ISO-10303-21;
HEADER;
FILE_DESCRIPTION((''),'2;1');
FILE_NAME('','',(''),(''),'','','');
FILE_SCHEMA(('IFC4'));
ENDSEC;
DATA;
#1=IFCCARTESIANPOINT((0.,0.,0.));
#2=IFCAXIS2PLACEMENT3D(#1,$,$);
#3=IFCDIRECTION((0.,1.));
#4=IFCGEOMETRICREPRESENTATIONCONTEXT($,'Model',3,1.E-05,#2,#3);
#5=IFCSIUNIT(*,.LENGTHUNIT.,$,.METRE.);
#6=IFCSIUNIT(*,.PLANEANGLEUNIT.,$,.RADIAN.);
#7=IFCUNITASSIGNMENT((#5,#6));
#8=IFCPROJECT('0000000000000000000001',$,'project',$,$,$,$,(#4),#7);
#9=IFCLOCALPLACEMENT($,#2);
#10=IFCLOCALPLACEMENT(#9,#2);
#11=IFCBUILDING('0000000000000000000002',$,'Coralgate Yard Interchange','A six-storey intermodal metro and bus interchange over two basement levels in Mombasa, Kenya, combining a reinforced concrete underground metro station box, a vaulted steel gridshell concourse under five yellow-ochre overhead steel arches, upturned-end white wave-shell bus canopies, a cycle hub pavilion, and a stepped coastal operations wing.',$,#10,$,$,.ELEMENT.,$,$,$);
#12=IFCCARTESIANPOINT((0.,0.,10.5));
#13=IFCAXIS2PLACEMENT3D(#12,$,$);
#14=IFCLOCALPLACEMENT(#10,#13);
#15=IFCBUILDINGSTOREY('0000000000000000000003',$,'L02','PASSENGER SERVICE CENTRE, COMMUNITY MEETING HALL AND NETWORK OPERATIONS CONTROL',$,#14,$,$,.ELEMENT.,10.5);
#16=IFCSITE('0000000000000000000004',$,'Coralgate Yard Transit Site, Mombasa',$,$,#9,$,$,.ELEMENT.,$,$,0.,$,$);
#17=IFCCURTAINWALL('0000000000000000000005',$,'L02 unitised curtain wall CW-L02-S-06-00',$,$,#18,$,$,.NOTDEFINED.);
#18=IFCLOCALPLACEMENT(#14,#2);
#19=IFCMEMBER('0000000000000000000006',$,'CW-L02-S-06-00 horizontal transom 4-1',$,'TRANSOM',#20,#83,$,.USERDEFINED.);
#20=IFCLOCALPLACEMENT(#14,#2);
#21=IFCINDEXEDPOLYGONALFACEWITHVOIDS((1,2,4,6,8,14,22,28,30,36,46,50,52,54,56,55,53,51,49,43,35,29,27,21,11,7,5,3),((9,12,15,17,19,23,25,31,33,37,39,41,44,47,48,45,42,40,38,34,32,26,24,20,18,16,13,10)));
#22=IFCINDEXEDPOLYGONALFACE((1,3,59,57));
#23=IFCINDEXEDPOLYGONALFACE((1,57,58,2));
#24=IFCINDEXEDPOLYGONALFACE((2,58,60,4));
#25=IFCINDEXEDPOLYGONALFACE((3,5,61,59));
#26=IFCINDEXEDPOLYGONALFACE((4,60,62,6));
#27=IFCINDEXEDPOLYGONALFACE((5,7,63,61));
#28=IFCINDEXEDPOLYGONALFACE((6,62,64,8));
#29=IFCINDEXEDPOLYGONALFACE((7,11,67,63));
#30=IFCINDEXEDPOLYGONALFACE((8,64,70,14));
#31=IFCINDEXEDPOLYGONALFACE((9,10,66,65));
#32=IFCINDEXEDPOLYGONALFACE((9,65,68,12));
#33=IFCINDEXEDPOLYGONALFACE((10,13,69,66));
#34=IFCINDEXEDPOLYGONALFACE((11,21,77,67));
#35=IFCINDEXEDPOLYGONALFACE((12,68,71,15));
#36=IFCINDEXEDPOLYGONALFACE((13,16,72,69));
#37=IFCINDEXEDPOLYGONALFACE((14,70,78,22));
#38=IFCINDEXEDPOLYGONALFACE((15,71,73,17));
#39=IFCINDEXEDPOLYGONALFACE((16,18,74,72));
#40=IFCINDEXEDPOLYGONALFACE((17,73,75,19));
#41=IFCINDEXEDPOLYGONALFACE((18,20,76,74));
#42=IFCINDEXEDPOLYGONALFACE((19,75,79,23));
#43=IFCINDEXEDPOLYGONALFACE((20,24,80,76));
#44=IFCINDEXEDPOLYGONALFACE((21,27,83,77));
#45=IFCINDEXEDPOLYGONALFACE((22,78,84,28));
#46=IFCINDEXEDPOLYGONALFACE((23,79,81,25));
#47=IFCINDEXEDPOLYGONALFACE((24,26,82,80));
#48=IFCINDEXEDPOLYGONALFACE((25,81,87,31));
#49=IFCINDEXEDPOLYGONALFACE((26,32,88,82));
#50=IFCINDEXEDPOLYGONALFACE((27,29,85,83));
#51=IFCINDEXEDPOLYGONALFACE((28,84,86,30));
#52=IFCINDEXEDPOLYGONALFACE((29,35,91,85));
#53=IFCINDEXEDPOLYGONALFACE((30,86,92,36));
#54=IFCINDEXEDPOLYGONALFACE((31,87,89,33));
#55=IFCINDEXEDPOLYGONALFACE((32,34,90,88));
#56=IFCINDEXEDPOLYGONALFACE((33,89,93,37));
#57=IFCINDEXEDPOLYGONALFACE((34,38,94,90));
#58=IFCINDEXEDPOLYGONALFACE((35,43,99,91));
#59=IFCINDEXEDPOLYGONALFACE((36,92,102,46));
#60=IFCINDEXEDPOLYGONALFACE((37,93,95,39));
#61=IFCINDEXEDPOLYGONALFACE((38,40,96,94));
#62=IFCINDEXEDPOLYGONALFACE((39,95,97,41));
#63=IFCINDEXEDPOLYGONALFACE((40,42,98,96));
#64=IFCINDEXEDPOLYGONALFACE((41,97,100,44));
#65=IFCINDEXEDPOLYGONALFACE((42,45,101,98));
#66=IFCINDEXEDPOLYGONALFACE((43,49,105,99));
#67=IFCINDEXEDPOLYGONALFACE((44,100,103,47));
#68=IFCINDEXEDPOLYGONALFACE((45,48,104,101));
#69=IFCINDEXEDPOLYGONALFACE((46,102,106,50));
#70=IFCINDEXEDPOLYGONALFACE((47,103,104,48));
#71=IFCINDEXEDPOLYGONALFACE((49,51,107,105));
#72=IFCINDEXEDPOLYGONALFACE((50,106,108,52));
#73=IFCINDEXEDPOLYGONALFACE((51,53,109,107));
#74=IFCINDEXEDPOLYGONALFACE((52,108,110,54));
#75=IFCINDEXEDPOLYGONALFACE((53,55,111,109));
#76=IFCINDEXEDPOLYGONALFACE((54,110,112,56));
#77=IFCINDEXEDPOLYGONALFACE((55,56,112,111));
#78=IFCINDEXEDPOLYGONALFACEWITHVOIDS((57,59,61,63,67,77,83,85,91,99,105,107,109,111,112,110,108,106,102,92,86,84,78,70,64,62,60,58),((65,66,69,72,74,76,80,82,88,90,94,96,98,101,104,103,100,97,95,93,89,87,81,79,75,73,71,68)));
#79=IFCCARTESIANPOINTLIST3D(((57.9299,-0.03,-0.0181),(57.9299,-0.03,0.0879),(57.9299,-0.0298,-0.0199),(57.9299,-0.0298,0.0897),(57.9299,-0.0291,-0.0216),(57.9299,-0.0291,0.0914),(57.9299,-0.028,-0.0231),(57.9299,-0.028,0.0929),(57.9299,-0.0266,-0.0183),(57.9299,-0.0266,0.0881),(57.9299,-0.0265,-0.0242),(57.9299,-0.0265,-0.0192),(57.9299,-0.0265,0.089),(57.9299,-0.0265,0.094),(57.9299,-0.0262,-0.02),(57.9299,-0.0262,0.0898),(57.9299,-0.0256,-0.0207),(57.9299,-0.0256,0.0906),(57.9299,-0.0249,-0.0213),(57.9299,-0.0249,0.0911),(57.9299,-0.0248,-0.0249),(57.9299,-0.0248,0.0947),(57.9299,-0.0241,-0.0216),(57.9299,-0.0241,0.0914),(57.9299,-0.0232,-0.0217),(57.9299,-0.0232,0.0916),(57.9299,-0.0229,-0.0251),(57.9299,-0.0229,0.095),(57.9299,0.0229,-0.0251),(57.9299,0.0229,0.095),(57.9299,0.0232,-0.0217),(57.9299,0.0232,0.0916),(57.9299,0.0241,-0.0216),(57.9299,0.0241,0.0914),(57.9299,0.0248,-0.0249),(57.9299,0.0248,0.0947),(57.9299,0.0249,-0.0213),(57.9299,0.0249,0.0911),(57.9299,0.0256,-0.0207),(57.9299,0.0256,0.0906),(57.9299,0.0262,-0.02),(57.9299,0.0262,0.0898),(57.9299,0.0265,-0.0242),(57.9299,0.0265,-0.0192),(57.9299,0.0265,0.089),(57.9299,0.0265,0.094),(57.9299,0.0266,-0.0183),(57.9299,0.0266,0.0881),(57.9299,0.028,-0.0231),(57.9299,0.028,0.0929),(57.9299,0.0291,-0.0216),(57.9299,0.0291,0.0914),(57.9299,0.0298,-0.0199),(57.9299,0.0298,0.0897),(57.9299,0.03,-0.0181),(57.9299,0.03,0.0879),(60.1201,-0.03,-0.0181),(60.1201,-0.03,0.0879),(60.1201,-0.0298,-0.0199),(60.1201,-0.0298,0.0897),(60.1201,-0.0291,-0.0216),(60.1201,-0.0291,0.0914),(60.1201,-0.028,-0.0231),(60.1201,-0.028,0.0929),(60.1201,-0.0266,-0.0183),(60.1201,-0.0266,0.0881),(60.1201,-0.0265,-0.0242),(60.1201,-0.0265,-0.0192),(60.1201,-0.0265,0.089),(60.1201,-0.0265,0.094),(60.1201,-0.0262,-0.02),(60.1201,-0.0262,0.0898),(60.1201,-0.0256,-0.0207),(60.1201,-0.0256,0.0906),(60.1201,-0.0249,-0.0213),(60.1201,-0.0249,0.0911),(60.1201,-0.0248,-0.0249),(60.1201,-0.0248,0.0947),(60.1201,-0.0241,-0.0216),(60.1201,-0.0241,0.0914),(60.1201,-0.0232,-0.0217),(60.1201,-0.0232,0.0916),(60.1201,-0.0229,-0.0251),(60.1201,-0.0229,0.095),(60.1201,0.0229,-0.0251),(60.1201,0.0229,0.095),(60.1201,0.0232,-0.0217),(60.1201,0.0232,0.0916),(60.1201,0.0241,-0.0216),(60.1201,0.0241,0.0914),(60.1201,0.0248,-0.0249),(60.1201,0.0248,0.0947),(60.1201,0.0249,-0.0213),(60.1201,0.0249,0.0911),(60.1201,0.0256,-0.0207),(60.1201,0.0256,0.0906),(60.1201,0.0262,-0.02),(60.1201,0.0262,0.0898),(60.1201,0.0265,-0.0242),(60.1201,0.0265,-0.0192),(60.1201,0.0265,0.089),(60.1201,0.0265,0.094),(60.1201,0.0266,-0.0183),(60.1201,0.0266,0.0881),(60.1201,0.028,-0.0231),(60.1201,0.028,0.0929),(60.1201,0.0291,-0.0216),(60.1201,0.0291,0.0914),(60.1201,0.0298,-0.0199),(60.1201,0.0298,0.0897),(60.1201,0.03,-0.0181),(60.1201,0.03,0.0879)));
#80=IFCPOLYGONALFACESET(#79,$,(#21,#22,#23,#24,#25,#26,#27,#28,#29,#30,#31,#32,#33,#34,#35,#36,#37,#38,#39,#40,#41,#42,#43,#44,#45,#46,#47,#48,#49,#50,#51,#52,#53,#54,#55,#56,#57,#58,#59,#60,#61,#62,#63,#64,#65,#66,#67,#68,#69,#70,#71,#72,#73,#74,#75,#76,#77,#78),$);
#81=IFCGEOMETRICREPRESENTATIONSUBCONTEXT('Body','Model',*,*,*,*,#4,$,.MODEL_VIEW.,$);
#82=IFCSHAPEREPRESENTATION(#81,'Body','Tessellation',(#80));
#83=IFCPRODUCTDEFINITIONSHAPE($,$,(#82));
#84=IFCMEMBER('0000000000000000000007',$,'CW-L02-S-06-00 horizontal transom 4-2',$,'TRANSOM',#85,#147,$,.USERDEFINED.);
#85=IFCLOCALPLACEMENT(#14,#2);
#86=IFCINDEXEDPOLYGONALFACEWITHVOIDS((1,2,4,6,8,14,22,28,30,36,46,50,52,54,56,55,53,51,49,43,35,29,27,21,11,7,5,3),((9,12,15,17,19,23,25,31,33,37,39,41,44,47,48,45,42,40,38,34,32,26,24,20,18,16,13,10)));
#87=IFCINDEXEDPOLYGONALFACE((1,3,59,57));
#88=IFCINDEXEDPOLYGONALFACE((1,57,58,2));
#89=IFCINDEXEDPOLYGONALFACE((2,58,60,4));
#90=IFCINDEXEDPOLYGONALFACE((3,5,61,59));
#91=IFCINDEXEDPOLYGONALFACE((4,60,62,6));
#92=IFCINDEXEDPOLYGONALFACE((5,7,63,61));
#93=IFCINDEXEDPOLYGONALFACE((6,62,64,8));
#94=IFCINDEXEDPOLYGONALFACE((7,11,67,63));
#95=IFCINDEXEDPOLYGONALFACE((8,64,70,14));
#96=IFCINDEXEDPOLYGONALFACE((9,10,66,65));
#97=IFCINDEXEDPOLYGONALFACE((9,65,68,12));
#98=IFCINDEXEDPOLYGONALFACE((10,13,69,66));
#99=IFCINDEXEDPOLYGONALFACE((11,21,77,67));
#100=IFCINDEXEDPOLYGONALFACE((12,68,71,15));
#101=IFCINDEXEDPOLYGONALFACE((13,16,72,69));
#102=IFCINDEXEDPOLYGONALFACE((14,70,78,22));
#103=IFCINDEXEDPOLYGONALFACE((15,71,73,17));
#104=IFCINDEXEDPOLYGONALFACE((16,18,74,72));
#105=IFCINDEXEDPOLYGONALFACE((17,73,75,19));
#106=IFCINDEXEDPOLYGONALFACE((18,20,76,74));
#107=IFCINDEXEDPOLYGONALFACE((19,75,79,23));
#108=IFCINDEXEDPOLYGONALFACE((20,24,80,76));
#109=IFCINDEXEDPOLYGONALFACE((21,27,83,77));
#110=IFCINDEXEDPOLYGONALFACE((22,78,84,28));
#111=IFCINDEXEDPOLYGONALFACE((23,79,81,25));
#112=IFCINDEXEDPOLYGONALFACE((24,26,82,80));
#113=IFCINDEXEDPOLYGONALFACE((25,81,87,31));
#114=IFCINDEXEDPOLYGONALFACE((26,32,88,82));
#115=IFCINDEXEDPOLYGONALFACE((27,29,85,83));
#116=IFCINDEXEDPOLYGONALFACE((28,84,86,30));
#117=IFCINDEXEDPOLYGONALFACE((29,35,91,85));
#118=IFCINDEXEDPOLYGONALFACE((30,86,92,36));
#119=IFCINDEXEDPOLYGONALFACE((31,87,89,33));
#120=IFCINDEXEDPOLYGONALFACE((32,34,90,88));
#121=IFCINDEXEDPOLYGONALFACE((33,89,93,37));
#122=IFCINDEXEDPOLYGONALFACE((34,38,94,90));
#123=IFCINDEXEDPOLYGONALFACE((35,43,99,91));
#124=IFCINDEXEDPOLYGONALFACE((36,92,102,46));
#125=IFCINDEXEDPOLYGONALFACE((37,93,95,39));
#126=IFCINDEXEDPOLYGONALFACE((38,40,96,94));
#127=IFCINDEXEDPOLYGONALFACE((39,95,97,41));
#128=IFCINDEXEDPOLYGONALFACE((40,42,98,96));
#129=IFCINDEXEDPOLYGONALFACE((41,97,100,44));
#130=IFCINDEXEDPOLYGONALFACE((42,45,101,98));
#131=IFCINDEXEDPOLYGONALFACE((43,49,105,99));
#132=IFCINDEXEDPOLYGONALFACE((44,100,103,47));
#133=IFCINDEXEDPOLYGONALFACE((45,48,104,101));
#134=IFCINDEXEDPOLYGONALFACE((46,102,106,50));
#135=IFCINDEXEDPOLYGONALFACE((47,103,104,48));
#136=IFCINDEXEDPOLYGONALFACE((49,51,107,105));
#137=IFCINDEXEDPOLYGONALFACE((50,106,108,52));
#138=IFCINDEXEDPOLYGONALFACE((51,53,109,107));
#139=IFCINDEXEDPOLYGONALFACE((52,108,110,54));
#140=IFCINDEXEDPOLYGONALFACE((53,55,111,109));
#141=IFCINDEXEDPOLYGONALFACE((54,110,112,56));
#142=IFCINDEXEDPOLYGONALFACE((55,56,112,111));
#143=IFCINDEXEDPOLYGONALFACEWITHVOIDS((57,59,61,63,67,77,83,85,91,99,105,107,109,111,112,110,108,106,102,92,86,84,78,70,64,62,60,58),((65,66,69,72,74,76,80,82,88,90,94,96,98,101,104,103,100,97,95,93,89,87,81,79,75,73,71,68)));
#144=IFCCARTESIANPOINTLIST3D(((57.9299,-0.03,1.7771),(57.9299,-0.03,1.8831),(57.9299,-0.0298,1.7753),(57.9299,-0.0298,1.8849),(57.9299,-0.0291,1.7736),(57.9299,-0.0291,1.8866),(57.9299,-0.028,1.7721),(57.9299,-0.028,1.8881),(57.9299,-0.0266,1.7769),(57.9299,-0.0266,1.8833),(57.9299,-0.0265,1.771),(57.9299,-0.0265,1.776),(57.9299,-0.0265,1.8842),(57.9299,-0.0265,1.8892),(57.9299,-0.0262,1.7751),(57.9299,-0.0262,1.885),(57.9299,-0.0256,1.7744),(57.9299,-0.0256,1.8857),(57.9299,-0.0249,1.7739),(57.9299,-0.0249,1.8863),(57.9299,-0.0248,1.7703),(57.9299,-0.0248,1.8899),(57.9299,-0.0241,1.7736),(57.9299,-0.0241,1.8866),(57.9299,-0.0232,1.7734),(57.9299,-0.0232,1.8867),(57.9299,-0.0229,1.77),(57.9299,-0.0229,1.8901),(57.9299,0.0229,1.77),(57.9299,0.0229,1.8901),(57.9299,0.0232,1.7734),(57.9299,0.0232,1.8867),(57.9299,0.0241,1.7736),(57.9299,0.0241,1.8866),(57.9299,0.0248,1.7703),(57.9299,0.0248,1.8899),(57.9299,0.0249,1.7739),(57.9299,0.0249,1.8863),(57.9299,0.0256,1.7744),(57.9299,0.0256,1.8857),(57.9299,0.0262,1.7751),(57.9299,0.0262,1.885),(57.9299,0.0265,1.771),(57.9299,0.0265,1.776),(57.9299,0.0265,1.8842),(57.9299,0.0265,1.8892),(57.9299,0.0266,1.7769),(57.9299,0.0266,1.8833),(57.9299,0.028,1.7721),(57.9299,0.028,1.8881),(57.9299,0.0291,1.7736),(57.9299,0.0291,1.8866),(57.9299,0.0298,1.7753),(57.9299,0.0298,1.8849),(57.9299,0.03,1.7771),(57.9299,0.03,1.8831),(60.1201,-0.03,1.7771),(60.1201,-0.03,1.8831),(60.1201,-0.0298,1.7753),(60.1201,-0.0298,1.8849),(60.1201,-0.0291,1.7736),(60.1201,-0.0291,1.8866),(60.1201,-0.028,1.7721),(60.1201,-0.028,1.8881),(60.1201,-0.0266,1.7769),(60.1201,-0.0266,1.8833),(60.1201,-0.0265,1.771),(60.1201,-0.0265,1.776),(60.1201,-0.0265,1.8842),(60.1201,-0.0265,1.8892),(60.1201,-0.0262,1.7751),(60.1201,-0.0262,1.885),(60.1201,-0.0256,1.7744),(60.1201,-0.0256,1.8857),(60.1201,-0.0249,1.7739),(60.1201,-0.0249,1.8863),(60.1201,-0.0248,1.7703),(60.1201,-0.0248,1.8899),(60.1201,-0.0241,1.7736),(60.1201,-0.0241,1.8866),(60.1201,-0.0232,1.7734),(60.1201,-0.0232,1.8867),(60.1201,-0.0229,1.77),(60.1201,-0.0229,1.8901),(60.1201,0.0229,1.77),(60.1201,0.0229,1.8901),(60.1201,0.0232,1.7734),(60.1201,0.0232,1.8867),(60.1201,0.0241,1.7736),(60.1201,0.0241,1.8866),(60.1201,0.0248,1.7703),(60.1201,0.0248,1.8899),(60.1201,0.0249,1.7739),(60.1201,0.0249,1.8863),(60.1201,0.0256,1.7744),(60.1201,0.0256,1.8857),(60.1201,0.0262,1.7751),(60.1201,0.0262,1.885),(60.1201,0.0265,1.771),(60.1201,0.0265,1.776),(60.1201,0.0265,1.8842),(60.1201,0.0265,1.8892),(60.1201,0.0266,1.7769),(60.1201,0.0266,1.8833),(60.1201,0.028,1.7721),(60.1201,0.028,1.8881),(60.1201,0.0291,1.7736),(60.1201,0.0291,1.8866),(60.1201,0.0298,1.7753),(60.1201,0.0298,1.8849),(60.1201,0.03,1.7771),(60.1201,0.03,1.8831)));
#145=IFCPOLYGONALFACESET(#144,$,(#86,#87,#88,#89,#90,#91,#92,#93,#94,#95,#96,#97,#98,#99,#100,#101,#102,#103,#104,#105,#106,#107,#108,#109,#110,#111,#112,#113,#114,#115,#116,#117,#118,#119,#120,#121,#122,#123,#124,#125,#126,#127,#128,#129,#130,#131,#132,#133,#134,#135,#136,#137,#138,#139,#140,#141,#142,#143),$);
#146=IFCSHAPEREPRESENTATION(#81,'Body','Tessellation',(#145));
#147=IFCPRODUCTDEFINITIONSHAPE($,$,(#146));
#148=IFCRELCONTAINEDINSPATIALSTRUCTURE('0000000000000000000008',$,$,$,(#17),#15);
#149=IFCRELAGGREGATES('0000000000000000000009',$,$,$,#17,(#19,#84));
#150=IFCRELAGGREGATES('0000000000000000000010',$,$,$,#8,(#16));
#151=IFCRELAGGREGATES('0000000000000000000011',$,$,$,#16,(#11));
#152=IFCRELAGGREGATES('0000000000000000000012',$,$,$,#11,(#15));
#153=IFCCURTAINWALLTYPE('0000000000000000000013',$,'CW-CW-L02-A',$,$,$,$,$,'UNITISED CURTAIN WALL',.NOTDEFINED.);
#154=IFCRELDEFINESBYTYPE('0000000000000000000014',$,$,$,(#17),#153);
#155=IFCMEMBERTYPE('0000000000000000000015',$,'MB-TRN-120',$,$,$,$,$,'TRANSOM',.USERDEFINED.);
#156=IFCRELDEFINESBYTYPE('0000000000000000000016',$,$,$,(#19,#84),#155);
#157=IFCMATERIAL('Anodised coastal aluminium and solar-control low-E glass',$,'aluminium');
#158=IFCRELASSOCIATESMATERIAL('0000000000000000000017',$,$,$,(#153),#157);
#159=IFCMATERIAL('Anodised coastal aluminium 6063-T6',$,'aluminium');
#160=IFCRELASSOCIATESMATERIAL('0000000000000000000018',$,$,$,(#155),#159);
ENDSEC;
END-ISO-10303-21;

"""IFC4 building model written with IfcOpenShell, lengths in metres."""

from ifc_helpers import new_model, si_unit, direction, frame, origin, origin_2d, place, context, subcontext, project, spatial, hollow_rectangle, extrude, material, material_profile, profile_set, type_object, element, aggregate, save


model = new_model("IFC4")

# Units and contexts
model_context = context("Model", 3, precision=1e-05, world=origin(), true_north=direction((0.0, 1.0)))
body_context = subcontext(model_context, "Body", "Model", "MODEL_VIEW")
ifc_project = project(units=[si_unit("LENGTHUNIT", "METRE"), si_unit("PLANEANGLEUNIT", "RADIAN")], contexts=[model_context])

# Site, building, storey
site_placement = place(None, origin())
site = spatial("IfcSite", under=ifc_project, at=site_placement, Name="Coralgate Yard Transit Site, Mombasa", CompositionType="ELEMENT", RefElevation=0.0)
building_placement = place(site_placement, origin())
building = spatial("IfcBuilding", under=site, at=building_placement, Name="Coralgate Yard Interchange", Description="A six-storey intermodal metro and bus interchange over two basement levels in Mombasa, Kenya, combining a reinforced concrete underground metro station box, a vaulted steel gridshell concourse under five yellow-ochre overhead steel arches, upturned-end white wave-shell bus canopies, a cycle hub pavilion, and a stepped coastal operations wing.", CompositionType="ELEMENT")
storey_placement = place(building_placement, frame((0.0, 0.0, 10.5)))
storey = spatial("IfcBuildingStorey", under=building, at=storey_placement, Name="L02", Description="PASSENGER SERVICE CENTRE, COMMUNITY MEETING HALL AND NETWORK OPERATIONS CONTROL", CompositionType="ELEMENT", Elevation=10.5)

# Shared definitions
ifc_material_1 = material(Name="Anodised coastal aluminium and solar-control low-E glass", Category="aluminium")
curtain_wall_type = type_object("IfcCurtainWallType", Name="CW-CW-L02-A", ElementType="UNITISED CURTAIN WALL", PredefinedType="NOTDEFINED", material=ifc_material_1)
ifc_material_2 = material(Name="Anodised coastal aluminium 6063-T6", Category="aluminium")

# Curtain wall
curtain_wall_1_placement = place(storey_placement, origin())
curtain_wall_1 = element("IfcCurtainWall", 1, at=curtain_wall_1_placement, inside=storey, type_object=curtain_wall_type, Name="L02 unitised curtain wall CW-L02-S-06-00", PredefinedType="NOTDEFINED")

# Members
ifc_material_profile_1 = material_profile(ifc_material_2, hollow_rectangle(XDim=0.0601, YDim=0.1201, WallThickness=0.0034, InnerFilletRadius=0.0034, OuterFilletRadius=0.0071, at=origin_2d()), Name="ALU 60x120x3.5")
ifc_profile_set_1 = profile_set([ifc_material_profile_1], Name="Anodised coastal aluminium 6063-T6")
member_type_1 = type_object("IfcMemberType", Name="MB-TRN-120", ElementType="TRANSOM", PredefinedType="USERDEFINED", material=ifc_profile_set_1)
member_1_placement = place(storey_placement, frame((60.1201, 0.0, 0.0349), z_axis=(-1.0, 0.0, 0.0), x_axis=(0.0, -1.0, 0.0)))
member_1 = element("IfcMember", 2, at=member_1_placement, type_object=member_type_1, Name="CW-L02-S-06-00 horizontal transom 4-1", ObjectType="TRANSOM", PredefinedType="USERDEFINED", context=body_context, shape_type="SweptSolid", body=[
    extrude(hollow_rectangle(XDim=0.0601, YDim=0.1201, WallThickness=0.0034, InnerFilletRadius=0.0034, OuterFilletRadius=0.0071, at=origin_2d()), origin(), (0.0, 0.0, 1.0), 2.1902),
])
member_2_placement = place(storey_placement, frame((60.1201, 0.0, 1.8301), z_axis=(-1.0, 0.0, 0.0), x_axis=(0.0, -1.0, 0.0)))
member_2 = element("IfcMember", 3, at=member_2_placement, type_object=member_type_1, Name="CW-L02-S-06-00 horizontal transom 4-2", ObjectType="TRANSOM", PredefinedType="USERDEFINED", context=body_context, shape_type="SweptSolid", body=[
    extrude(hollow_rectangle(XDim=0.0601, YDim=0.1201, WallThickness=0.0034, InnerFilletRadius=0.0034, OuterFilletRadius=0.0071, at=origin_2d()), origin(), (0.0, 0.0, 1.0), 2.1902),
])

aggregate(curtain_wall_1, [member_1, member_2])

save(model, "model.ifc")
